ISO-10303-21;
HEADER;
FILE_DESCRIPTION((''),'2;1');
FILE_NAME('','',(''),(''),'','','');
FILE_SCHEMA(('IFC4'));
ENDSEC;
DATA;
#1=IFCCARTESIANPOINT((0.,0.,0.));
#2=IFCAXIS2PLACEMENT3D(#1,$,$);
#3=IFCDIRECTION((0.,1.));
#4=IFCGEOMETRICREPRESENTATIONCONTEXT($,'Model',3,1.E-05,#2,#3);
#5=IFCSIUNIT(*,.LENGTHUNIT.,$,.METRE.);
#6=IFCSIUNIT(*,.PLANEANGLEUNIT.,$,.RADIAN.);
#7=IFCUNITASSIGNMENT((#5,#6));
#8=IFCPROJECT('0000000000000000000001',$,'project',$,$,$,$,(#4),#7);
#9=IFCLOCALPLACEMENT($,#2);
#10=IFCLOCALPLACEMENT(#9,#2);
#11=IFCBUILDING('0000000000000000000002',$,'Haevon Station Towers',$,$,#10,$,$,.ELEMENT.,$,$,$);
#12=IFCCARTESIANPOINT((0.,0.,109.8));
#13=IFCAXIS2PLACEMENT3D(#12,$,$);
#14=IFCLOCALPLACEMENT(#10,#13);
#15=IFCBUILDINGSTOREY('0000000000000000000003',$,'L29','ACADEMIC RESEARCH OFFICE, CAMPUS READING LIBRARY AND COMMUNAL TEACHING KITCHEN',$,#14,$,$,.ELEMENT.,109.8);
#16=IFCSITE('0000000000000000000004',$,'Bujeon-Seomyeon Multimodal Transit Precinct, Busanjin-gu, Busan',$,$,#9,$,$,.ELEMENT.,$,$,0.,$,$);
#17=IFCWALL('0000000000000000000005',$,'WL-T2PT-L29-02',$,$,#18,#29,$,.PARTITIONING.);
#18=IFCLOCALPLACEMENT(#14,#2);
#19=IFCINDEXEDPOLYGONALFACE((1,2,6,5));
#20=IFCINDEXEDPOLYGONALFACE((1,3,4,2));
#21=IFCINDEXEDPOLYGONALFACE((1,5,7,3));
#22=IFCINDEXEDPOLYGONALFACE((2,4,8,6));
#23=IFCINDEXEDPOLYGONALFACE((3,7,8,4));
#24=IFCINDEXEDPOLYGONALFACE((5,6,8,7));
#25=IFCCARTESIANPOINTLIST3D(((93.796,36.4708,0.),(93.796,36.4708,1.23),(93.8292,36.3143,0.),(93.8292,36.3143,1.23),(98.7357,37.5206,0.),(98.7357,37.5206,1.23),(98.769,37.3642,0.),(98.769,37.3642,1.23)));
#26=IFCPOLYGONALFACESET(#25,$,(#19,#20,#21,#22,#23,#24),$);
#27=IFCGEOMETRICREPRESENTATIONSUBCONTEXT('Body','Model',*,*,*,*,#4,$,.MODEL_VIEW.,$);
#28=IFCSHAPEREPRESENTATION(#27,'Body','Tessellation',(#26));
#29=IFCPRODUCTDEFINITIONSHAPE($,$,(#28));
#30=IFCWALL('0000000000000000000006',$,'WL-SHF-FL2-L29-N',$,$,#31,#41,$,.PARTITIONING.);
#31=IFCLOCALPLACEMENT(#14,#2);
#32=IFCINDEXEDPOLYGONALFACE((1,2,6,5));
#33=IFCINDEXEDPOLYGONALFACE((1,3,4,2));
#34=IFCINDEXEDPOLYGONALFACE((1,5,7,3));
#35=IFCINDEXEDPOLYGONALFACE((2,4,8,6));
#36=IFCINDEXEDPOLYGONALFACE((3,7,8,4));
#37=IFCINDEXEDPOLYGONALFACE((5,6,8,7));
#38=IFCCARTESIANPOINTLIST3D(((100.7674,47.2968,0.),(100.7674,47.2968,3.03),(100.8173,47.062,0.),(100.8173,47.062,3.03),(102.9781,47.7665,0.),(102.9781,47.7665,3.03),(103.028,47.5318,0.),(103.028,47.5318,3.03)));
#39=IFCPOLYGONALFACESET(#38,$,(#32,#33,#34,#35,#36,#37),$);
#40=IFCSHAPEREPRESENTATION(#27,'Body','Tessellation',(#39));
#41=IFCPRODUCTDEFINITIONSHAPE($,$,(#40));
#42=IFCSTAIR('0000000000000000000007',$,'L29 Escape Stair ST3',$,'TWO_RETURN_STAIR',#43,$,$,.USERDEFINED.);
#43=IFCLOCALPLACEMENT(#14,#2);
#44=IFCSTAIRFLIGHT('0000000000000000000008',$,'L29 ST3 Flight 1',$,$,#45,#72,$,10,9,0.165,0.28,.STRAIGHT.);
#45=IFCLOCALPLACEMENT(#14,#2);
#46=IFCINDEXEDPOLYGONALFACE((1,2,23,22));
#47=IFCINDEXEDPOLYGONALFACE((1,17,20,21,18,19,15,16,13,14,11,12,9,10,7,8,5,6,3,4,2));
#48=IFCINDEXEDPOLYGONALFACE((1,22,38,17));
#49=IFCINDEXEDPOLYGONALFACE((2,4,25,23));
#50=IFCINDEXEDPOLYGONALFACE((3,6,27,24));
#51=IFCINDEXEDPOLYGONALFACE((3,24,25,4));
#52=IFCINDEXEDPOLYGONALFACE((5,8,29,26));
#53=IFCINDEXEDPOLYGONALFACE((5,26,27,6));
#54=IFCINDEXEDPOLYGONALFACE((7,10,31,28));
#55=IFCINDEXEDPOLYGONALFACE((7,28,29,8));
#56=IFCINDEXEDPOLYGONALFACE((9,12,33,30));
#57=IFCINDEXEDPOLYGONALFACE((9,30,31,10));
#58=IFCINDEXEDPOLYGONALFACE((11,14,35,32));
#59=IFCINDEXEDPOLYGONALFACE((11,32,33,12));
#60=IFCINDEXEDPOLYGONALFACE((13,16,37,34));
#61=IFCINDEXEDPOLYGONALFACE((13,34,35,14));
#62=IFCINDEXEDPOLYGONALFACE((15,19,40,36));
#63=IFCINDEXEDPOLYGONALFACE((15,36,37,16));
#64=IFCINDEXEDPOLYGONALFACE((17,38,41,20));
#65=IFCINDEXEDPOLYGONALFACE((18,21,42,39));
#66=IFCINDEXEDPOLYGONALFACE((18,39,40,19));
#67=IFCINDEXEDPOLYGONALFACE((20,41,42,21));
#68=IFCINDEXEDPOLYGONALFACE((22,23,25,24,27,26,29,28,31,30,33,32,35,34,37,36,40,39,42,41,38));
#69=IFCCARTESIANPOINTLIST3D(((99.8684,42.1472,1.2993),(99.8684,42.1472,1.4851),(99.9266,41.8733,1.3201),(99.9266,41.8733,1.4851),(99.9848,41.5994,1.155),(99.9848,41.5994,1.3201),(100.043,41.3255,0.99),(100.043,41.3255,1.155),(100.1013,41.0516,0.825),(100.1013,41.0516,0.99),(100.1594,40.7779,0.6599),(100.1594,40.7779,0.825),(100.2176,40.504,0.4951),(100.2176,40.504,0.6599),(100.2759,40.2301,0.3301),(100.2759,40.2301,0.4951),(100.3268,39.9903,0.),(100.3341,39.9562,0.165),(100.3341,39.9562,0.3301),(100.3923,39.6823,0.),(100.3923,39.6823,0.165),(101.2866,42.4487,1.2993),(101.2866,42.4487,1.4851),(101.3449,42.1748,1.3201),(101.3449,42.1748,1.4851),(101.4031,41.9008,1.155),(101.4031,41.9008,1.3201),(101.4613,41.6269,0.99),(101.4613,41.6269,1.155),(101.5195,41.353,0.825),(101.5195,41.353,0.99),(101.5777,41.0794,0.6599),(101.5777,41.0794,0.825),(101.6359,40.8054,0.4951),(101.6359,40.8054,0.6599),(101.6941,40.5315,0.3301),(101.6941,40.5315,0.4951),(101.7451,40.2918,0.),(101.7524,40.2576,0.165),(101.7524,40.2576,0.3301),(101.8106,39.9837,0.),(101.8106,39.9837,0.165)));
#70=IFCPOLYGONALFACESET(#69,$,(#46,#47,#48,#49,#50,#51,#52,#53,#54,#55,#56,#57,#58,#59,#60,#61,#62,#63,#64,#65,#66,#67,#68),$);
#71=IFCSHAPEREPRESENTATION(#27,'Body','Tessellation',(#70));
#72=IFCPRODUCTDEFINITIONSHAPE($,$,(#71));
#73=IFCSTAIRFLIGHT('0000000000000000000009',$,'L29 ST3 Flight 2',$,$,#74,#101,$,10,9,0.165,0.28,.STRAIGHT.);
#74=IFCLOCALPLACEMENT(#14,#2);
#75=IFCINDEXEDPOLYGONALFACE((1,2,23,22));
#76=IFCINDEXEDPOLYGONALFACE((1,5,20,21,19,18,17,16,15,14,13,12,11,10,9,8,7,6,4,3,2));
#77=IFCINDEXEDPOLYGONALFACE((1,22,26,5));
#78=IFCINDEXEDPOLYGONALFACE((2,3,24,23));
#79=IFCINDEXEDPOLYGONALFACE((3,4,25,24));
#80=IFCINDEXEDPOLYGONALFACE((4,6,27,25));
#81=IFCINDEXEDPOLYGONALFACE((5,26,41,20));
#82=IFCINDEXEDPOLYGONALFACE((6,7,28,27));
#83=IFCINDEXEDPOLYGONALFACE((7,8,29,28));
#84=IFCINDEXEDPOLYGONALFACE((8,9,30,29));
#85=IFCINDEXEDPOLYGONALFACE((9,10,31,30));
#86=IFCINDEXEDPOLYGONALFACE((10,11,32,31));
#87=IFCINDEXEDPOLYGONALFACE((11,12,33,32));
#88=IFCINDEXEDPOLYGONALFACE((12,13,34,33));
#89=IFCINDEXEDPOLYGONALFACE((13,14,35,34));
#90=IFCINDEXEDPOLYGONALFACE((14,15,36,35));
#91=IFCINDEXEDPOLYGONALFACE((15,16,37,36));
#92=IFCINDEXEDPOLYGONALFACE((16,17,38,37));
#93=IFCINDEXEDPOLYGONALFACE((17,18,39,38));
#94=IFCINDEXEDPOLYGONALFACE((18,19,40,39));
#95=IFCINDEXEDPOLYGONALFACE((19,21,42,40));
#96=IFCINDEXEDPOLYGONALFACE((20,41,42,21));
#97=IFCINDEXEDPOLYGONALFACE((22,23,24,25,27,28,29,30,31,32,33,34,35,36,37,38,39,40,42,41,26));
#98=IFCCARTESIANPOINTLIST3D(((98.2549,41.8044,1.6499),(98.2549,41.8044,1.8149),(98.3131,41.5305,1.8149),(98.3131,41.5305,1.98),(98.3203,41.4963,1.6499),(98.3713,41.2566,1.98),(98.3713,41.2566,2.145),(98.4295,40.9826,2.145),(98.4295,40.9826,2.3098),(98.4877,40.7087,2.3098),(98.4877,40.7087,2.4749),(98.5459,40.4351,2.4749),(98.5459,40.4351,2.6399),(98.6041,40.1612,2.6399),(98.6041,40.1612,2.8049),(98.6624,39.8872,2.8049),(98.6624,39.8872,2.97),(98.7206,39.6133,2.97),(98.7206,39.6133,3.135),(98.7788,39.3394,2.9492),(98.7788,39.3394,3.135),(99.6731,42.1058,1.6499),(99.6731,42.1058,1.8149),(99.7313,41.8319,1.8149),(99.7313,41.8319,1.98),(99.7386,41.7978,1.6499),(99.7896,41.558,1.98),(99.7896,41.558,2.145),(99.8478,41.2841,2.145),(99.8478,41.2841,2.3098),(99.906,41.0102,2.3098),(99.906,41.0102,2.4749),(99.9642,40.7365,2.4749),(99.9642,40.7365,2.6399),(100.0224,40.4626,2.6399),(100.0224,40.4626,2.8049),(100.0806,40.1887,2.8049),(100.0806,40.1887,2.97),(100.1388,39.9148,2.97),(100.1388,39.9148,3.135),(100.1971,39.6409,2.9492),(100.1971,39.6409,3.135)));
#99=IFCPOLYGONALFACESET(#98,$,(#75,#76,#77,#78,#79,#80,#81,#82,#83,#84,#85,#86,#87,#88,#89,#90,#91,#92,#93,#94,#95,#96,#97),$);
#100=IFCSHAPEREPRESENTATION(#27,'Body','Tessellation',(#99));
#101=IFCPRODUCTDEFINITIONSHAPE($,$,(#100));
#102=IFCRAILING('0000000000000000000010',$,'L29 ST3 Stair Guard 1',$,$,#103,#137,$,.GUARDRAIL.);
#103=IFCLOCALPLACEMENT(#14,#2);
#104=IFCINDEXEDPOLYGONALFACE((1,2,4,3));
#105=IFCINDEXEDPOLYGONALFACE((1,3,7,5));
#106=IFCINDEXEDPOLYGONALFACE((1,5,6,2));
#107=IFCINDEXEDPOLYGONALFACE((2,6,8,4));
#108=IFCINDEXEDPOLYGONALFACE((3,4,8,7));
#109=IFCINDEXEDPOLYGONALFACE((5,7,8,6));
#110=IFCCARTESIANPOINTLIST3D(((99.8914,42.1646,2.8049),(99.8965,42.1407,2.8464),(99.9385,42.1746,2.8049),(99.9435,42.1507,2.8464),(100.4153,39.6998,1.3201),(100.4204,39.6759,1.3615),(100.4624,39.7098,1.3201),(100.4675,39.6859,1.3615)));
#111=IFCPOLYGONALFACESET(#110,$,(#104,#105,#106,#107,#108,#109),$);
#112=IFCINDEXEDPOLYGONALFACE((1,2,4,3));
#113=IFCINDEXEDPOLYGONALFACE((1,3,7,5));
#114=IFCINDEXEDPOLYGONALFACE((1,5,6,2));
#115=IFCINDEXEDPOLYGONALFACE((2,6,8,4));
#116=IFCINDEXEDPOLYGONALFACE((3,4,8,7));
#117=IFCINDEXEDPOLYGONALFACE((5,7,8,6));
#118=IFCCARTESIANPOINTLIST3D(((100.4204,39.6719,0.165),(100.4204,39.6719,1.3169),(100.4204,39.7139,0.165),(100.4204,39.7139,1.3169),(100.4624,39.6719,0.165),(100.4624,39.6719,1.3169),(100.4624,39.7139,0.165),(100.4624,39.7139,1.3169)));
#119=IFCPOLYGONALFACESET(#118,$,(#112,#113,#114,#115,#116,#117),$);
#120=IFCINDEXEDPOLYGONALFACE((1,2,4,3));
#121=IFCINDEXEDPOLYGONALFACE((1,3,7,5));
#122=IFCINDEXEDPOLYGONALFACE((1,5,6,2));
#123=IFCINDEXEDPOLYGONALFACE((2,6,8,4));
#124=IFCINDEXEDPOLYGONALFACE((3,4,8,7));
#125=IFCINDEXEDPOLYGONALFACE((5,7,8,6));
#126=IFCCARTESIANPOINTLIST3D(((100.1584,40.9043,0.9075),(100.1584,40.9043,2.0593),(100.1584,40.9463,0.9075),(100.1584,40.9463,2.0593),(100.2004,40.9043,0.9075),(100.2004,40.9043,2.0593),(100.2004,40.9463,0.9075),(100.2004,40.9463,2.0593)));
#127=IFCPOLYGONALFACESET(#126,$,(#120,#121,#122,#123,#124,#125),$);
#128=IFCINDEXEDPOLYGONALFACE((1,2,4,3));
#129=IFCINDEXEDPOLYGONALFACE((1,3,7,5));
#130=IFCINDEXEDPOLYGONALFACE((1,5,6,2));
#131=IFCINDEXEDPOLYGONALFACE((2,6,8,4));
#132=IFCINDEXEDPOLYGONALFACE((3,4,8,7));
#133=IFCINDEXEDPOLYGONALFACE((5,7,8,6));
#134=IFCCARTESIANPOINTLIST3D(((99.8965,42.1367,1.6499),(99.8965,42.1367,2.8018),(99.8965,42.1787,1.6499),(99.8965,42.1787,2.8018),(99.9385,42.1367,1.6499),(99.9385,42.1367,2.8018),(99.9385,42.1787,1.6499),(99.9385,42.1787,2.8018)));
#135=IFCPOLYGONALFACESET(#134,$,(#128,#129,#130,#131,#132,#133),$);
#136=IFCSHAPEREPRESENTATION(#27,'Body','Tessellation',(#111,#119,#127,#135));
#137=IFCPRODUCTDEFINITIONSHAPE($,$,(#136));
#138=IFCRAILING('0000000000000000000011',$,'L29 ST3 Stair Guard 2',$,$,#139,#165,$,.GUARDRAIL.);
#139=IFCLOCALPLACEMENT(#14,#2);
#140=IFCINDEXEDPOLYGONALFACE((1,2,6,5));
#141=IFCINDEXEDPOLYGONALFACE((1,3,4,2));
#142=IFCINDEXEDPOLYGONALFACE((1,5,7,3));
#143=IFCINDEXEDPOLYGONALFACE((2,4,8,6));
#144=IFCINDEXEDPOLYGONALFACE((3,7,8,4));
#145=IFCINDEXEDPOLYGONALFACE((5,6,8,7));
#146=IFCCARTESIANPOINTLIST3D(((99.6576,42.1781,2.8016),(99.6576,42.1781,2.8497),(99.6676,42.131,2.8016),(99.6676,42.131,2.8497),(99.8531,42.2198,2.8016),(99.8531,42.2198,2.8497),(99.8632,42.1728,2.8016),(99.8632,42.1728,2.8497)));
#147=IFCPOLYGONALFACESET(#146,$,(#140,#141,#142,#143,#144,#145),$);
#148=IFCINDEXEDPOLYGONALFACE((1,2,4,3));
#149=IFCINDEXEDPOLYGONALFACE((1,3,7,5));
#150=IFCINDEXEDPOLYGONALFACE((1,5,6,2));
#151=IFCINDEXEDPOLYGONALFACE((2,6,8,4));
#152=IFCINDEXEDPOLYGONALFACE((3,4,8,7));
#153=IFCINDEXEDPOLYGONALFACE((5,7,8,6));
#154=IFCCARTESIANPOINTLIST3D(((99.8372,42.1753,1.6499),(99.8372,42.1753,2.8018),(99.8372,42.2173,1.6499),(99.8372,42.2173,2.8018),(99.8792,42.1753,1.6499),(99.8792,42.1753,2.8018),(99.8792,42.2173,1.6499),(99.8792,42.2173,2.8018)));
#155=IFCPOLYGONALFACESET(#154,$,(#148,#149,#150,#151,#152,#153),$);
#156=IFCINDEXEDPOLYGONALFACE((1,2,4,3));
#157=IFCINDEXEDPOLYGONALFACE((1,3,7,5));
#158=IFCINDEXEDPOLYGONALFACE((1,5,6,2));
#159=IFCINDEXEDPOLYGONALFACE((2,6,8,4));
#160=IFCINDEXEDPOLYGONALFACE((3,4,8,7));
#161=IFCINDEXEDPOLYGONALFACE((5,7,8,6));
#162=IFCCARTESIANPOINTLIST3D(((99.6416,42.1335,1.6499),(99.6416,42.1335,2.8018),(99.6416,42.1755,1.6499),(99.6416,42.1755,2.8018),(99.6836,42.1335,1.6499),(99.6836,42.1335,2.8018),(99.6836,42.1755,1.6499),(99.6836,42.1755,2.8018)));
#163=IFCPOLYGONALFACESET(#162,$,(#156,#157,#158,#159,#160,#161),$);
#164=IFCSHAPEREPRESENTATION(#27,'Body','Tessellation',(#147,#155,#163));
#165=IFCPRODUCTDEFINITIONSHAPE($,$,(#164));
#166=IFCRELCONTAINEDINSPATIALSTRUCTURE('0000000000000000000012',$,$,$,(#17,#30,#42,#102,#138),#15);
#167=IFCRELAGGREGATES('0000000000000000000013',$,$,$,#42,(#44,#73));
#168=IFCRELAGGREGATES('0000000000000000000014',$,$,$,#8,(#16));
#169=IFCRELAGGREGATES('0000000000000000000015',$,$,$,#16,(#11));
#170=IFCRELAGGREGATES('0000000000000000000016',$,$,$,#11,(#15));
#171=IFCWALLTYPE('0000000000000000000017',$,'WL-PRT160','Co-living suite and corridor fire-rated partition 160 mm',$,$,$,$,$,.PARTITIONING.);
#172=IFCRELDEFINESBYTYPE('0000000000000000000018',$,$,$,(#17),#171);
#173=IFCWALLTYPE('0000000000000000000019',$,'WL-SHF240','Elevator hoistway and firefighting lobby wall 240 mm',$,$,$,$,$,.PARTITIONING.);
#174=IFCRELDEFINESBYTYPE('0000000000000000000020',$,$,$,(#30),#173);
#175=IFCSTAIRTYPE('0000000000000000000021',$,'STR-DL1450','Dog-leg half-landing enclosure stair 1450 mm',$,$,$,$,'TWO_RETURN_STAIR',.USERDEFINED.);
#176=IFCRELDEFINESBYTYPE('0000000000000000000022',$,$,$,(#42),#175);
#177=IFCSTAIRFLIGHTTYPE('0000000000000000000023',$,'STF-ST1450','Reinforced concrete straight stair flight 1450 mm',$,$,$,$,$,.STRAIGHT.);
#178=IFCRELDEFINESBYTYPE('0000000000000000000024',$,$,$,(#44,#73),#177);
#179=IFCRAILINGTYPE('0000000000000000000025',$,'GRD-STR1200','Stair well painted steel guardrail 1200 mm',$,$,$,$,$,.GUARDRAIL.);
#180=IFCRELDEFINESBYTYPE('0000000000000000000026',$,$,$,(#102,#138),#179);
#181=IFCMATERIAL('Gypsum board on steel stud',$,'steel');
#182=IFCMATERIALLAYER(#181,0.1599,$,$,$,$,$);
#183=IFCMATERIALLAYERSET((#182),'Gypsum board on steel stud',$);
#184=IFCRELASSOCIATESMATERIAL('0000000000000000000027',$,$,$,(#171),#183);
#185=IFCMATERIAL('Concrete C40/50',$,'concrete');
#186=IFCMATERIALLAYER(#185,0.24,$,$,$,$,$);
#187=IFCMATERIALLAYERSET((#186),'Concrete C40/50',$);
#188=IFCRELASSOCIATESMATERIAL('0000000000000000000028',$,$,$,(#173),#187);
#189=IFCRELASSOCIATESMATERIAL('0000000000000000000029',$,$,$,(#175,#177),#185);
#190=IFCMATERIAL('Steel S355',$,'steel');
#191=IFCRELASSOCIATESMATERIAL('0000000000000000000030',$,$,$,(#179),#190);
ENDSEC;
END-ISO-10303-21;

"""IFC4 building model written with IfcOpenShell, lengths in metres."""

from ifc_helpers import new_model, si_unit, direction, frame, frame_2d, origin, origin_2d, place, context, subcontext, project, spatial, polyline, rectangle, outline, extrude, material, layer, layer_set, type_object, element, aggregate, save


model = new_model("IFC4")

# Units and contexts
model_context = context("Model", 3, precision=1e-05, world=origin(), true_north=direction((0.0, 1.0)))
body_context = subcontext(model_context, "Body", "Model", "MODEL_VIEW")
ifc_project = project(units=[si_unit("LENGTHUNIT", "METRE"), si_unit("PLANEANGLEUNIT", "RADIAN")], contexts=[model_context])

# Site, building, storey
site_placement = place(None, origin())
site = spatial("IfcSite", under=ifc_project, at=site_placement, Name="Bujeon-Seomyeon Multimodal Transit Precinct, Busanjin-gu, Busan", CompositionType="ELEMENT", RefElevation=0.0)
building_placement = place(site_placement, origin())
building = spatial("IfcBuilding", under=site, at=building_placement, Name="Haevon Station Towers", CompositionType="ELEMENT")
storey_placement = place(building_placement, frame((0.0, 0.0, 109.8)))
storey = spatial("IfcBuildingStorey", under=building, at=storey_placement, Name="L29", Description="ACADEMIC RESEARCH OFFICE, CAMPUS READING LIBRARY AND COMMUNAL TEACHING KITCHEN", CompositionType="ELEMENT", Elevation=109.8)

# Shared definitions
ifc_material_1 = material(Name="Steel S355", Category="steel")

# Shared definitions
ifc_material_2 = material(Name="Gypsum board on steel stud", Category="steel")

# Wall
ifc_layer_1 = layer(ifc_material_2, 0.1599)
ifc_layer_set_1 = layer_set([ifc_layer_1], Name="Gypsum board on steel stud")
wall_type_1 = type_object("IfcWallType", Name="WL-PRT160", Description="Co-living suite and corridor fire-rated partition 160 mm", PredefinedType="PARTITIONING", material=ifc_layer_set_1)
wall_1_placement = place(storey_placement, frame((93.8127, 36.3926, 0.0), z_axis=(0.0, 0.0, 1.0), x_axis=(0.978154, 0.207881, 0.0)))
element("IfcWall", 1, at=wall_1_placement, inside=storey, type_object=wall_type_1, Name="WL-T2PT-L29-02", PredefinedType="PARTITIONING", context=body_context, shape_type="SweptSolid", body=[
    extrude(rectangle(XDim=5.05, YDim=0.1599, at=frame_2d((2.5249, 0.0))), origin(), (0.0, 0.0, 1.0), 1.23),
])

# Shared definitions
ifc_material_3 = material(Name="Concrete C40/50", Category="concrete")
ifc_layer_2 = layer(ifc_material_3, 0.24)
ifc_layer_set_2 = layer_set([ifc_layer_2], Name="Concrete C40/50")
wall_type_2 = type_object("IfcWallType", Name="WL-SHF240", Description="Elevator hoistway and firefighting lobby wall 240 mm", PredefinedType="PARTITIONING", material=ifc_layer_set_2)

# Wall
wall_2_placement = place(storey_placement, frame((100.7925, 47.1794, 0.0), z_axis=(0.0, 0.0, 1.0), x_axis=(0.978163, 0.207839, 0.0)))
element("IfcWall", 2, at=wall_2_placement, inside=storey, type_object=wall_type_2, Name="WL-SHF-FL2-L29-N", PredefinedType="PARTITIONING", context=body_context, shape_type="SweptSolid", body=[
    extrude(rectangle(XDim=2.26, YDim=0.24, at=frame_2d((1.1299, 0.0))), origin(), (0.0, 0.0, 1.0), 3.03),
])

# Stair, stair flights
stair_type = type_object("IfcStairType", Name="STR-DL1450", Description="Dog-leg half-landing enclosure stair 1450 mm", ElementType="TWO_RETURN_STAIR", PredefinedType="USERDEFINED", material=ifc_material_3)
stair_placement = place(storey_placement, origin())
stair = element("IfcStair", 3, at=stair_placement, inside=storey, type_object=stair_type, Name="L29 Escape Stair ST3", ObjectType="TWO_RETURN_STAIR", PredefinedType="USERDEFINED")
stair_flight_type = type_object("IfcStairFlightType", Name="STF-ST1450", Description="Reinforced concrete straight stair flight 1450 mm", PredefinedType="STRAIGHT", material=ifc_material_3)
stair_flight_1_placement = place(storey_placement, frame((101.1016, 39.833, 0.0), z_axis=(0.0, 0.0, 1.0), x_axis=(-0.207912, 0.978148, 0.0)))
stair_flight_1 = element("IfcStairFlight", 4, at=stair_flight_1_placement, type_object=stair_flight_type, Name="L29 ST3 Flight 1", NumberOfRisers=10, NumberOfTreads=9, PredefinedType="STRAIGHT", RiserHeight=0.165, TreadLength=0.28, context=body_context, shape_type="SweptSolid", body=[
    extrude(outline(polyline([(0.0, 0.0), (0.0, 0.165), (0.28, 0.165), (0.28, 0.3301), (0.5601, 0.3301), (0.5601, 0.4951), (0.8401, 0.4951), (0.8401, 0.6599), (1.1201, 0.6599), (1.1201, 0.825), (1.3999, 0.825), (1.3999, 0.99), (1.6799, 0.99), (1.6799, 1.155), (1.96, 1.155), (1.96, 1.3201), (2.24, 1.3201), (2.24, 1.4851), (2.52, 1.4851), (2.52, 1.6499), (2.52, 1.2993), (0.3149, 0.0), (0.0, 0.0)])), frame((0.0, 0.7251, 0.0), z_axis=(0.0, -1.0, 0.0), x_axis=(1.0, 0.0, 0.0)), (0.0, 0.0, 1.0), 1.45),
])
stair_flight_2_placement = place(storey_placement, frame((98.9639, 41.9551, 1.6499), z_axis=(0.0, 0.0, 1.0), x_axis=(0.207912, -0.978148, 0.0)))
stair_flight_2 = element("IfcStairFlight", 5, at=stair_flight_2_placement, type_object=stair_flight_type, Name="L29 ST3 Flight 2", NumberOfRisers=10, NumberOfTreads=9, PredefinedType="STRAIGHT", RiserHeight=0.165, TreadLength=0.28, context=body_context, shape_type="SweptSolid", body=[
    extrude(outline(polyline([(0.0, 0.0), (0.0, 0.165), (0.28, 0.165), (0.28, 0.3301), (0.5601, 0.3301), (0.5601, 0.4951), (0.8401, 0.4951), (0.8401, 0.6599), (1.1201, 0.6599), (1.1201, 0.825), (1.3999, 0.825), (1.3999, 0.99), (1.6799, 0.99), (1.6799, 1.155), (1.96, 1.155), (1.96, 1.3201), (2.24, 1.3201), (2.24, 1.4851), (2.52, 1.4851), (2.52, 1.6499), (2.52, 1.2993), (0.3149, 0.0), (0.0, 0.0)])), frame((0.0, 0.7251, 0.0), z_axis=(0.0, -1.0, 0.0), x_axis=(1.0, 0.0, 0.0)), (0.0, 0.0, 1.0), 1.45),
])
aggregate(stair, [stair_flight_1, stair_flight_2])

# Railings
railing_type_1 = type_object("IfcRailingType", Name="GRD-STR1200", Description="Stair well painted steel guardrail 1200 mm", PredefinedType="GUARDRAIL", material=ifc_material_1)
railing_1_placement = place(storey_placement, frame((100.4414, 39.6929, 0.165)))
element("IfcRailing", 6, at=railing_1_placement, inside=storey, type_object=railing_type_1, Name="L29 ST3 Stair Guard 1", PredefinedType="GUARDRAIL", context=body_context, shape_type="SweptSolid", body=[
    extrude(rectangle(XDim=0.0481, YDim=0.0481, at=origin_2d()), frame((0.0, 0.0, 1.1758), z_axis=(-0.179129, 0.842724, 0.507671), x_axis=(-0.978147, -0.207914, 0.0)), (0.0, 0.0, 1.0), 2.9248),
    extrude(rectangle(XDim=0.042, YDim=0.042, at=origin_2d()), origin(), (0.0, 0.0, 1.0), 1.1519),
    extrude(rectangle(XDim=0.042, YDim=0.042, at=origin_2d()), frame((-0.262, 1.2324, 0.7424)), (0.0, 0.0, 1.0), 1.1519),
    extrude(rectangle(XDim=0.042, YDim=0.042, at=origin_2d()), frame((-0.5239, 2.4648, 1.4849)), (0.0, 0.0, 1.0), 1.1519),
])
railing_2_placement = place(storey_placement, frame((99.8582, 42.1963, 1.6499)))
element("IfcRailing", 7, at=railing_2_placement, inside=storey, type_object=railing_type_1, Name="L29 ST3 Stair Guard 2", PredefinedType="GUARDRAIL", context=body_context, shape_type="SweptSolid", body=[
    extrude(rectangle(XDim=0.0481, YDim=0.0481, at=origin_2d()), frame((0.0, 0.0, 1.1758), z_axis=(-0.977963, -0.208779, 0.0), x_axis=(0.208779, -0.977963, 0.0)), (0.0, 0.0, 1.0), 0.2),
    extrude(rectangle(XDim=0.042, YDim=0.042, at=origin_2d()), origin(), (0.0, 0.0, 1.0), 1.1519),
    extrude(rectangle(XDim=0.042, YDim=0.042, at=origin_2d()), frame((-0.1956, -0.0417, 0.0)), (0.0, 0.0, 1.0), 1.1519),
])

save(model, "model.ifc")
